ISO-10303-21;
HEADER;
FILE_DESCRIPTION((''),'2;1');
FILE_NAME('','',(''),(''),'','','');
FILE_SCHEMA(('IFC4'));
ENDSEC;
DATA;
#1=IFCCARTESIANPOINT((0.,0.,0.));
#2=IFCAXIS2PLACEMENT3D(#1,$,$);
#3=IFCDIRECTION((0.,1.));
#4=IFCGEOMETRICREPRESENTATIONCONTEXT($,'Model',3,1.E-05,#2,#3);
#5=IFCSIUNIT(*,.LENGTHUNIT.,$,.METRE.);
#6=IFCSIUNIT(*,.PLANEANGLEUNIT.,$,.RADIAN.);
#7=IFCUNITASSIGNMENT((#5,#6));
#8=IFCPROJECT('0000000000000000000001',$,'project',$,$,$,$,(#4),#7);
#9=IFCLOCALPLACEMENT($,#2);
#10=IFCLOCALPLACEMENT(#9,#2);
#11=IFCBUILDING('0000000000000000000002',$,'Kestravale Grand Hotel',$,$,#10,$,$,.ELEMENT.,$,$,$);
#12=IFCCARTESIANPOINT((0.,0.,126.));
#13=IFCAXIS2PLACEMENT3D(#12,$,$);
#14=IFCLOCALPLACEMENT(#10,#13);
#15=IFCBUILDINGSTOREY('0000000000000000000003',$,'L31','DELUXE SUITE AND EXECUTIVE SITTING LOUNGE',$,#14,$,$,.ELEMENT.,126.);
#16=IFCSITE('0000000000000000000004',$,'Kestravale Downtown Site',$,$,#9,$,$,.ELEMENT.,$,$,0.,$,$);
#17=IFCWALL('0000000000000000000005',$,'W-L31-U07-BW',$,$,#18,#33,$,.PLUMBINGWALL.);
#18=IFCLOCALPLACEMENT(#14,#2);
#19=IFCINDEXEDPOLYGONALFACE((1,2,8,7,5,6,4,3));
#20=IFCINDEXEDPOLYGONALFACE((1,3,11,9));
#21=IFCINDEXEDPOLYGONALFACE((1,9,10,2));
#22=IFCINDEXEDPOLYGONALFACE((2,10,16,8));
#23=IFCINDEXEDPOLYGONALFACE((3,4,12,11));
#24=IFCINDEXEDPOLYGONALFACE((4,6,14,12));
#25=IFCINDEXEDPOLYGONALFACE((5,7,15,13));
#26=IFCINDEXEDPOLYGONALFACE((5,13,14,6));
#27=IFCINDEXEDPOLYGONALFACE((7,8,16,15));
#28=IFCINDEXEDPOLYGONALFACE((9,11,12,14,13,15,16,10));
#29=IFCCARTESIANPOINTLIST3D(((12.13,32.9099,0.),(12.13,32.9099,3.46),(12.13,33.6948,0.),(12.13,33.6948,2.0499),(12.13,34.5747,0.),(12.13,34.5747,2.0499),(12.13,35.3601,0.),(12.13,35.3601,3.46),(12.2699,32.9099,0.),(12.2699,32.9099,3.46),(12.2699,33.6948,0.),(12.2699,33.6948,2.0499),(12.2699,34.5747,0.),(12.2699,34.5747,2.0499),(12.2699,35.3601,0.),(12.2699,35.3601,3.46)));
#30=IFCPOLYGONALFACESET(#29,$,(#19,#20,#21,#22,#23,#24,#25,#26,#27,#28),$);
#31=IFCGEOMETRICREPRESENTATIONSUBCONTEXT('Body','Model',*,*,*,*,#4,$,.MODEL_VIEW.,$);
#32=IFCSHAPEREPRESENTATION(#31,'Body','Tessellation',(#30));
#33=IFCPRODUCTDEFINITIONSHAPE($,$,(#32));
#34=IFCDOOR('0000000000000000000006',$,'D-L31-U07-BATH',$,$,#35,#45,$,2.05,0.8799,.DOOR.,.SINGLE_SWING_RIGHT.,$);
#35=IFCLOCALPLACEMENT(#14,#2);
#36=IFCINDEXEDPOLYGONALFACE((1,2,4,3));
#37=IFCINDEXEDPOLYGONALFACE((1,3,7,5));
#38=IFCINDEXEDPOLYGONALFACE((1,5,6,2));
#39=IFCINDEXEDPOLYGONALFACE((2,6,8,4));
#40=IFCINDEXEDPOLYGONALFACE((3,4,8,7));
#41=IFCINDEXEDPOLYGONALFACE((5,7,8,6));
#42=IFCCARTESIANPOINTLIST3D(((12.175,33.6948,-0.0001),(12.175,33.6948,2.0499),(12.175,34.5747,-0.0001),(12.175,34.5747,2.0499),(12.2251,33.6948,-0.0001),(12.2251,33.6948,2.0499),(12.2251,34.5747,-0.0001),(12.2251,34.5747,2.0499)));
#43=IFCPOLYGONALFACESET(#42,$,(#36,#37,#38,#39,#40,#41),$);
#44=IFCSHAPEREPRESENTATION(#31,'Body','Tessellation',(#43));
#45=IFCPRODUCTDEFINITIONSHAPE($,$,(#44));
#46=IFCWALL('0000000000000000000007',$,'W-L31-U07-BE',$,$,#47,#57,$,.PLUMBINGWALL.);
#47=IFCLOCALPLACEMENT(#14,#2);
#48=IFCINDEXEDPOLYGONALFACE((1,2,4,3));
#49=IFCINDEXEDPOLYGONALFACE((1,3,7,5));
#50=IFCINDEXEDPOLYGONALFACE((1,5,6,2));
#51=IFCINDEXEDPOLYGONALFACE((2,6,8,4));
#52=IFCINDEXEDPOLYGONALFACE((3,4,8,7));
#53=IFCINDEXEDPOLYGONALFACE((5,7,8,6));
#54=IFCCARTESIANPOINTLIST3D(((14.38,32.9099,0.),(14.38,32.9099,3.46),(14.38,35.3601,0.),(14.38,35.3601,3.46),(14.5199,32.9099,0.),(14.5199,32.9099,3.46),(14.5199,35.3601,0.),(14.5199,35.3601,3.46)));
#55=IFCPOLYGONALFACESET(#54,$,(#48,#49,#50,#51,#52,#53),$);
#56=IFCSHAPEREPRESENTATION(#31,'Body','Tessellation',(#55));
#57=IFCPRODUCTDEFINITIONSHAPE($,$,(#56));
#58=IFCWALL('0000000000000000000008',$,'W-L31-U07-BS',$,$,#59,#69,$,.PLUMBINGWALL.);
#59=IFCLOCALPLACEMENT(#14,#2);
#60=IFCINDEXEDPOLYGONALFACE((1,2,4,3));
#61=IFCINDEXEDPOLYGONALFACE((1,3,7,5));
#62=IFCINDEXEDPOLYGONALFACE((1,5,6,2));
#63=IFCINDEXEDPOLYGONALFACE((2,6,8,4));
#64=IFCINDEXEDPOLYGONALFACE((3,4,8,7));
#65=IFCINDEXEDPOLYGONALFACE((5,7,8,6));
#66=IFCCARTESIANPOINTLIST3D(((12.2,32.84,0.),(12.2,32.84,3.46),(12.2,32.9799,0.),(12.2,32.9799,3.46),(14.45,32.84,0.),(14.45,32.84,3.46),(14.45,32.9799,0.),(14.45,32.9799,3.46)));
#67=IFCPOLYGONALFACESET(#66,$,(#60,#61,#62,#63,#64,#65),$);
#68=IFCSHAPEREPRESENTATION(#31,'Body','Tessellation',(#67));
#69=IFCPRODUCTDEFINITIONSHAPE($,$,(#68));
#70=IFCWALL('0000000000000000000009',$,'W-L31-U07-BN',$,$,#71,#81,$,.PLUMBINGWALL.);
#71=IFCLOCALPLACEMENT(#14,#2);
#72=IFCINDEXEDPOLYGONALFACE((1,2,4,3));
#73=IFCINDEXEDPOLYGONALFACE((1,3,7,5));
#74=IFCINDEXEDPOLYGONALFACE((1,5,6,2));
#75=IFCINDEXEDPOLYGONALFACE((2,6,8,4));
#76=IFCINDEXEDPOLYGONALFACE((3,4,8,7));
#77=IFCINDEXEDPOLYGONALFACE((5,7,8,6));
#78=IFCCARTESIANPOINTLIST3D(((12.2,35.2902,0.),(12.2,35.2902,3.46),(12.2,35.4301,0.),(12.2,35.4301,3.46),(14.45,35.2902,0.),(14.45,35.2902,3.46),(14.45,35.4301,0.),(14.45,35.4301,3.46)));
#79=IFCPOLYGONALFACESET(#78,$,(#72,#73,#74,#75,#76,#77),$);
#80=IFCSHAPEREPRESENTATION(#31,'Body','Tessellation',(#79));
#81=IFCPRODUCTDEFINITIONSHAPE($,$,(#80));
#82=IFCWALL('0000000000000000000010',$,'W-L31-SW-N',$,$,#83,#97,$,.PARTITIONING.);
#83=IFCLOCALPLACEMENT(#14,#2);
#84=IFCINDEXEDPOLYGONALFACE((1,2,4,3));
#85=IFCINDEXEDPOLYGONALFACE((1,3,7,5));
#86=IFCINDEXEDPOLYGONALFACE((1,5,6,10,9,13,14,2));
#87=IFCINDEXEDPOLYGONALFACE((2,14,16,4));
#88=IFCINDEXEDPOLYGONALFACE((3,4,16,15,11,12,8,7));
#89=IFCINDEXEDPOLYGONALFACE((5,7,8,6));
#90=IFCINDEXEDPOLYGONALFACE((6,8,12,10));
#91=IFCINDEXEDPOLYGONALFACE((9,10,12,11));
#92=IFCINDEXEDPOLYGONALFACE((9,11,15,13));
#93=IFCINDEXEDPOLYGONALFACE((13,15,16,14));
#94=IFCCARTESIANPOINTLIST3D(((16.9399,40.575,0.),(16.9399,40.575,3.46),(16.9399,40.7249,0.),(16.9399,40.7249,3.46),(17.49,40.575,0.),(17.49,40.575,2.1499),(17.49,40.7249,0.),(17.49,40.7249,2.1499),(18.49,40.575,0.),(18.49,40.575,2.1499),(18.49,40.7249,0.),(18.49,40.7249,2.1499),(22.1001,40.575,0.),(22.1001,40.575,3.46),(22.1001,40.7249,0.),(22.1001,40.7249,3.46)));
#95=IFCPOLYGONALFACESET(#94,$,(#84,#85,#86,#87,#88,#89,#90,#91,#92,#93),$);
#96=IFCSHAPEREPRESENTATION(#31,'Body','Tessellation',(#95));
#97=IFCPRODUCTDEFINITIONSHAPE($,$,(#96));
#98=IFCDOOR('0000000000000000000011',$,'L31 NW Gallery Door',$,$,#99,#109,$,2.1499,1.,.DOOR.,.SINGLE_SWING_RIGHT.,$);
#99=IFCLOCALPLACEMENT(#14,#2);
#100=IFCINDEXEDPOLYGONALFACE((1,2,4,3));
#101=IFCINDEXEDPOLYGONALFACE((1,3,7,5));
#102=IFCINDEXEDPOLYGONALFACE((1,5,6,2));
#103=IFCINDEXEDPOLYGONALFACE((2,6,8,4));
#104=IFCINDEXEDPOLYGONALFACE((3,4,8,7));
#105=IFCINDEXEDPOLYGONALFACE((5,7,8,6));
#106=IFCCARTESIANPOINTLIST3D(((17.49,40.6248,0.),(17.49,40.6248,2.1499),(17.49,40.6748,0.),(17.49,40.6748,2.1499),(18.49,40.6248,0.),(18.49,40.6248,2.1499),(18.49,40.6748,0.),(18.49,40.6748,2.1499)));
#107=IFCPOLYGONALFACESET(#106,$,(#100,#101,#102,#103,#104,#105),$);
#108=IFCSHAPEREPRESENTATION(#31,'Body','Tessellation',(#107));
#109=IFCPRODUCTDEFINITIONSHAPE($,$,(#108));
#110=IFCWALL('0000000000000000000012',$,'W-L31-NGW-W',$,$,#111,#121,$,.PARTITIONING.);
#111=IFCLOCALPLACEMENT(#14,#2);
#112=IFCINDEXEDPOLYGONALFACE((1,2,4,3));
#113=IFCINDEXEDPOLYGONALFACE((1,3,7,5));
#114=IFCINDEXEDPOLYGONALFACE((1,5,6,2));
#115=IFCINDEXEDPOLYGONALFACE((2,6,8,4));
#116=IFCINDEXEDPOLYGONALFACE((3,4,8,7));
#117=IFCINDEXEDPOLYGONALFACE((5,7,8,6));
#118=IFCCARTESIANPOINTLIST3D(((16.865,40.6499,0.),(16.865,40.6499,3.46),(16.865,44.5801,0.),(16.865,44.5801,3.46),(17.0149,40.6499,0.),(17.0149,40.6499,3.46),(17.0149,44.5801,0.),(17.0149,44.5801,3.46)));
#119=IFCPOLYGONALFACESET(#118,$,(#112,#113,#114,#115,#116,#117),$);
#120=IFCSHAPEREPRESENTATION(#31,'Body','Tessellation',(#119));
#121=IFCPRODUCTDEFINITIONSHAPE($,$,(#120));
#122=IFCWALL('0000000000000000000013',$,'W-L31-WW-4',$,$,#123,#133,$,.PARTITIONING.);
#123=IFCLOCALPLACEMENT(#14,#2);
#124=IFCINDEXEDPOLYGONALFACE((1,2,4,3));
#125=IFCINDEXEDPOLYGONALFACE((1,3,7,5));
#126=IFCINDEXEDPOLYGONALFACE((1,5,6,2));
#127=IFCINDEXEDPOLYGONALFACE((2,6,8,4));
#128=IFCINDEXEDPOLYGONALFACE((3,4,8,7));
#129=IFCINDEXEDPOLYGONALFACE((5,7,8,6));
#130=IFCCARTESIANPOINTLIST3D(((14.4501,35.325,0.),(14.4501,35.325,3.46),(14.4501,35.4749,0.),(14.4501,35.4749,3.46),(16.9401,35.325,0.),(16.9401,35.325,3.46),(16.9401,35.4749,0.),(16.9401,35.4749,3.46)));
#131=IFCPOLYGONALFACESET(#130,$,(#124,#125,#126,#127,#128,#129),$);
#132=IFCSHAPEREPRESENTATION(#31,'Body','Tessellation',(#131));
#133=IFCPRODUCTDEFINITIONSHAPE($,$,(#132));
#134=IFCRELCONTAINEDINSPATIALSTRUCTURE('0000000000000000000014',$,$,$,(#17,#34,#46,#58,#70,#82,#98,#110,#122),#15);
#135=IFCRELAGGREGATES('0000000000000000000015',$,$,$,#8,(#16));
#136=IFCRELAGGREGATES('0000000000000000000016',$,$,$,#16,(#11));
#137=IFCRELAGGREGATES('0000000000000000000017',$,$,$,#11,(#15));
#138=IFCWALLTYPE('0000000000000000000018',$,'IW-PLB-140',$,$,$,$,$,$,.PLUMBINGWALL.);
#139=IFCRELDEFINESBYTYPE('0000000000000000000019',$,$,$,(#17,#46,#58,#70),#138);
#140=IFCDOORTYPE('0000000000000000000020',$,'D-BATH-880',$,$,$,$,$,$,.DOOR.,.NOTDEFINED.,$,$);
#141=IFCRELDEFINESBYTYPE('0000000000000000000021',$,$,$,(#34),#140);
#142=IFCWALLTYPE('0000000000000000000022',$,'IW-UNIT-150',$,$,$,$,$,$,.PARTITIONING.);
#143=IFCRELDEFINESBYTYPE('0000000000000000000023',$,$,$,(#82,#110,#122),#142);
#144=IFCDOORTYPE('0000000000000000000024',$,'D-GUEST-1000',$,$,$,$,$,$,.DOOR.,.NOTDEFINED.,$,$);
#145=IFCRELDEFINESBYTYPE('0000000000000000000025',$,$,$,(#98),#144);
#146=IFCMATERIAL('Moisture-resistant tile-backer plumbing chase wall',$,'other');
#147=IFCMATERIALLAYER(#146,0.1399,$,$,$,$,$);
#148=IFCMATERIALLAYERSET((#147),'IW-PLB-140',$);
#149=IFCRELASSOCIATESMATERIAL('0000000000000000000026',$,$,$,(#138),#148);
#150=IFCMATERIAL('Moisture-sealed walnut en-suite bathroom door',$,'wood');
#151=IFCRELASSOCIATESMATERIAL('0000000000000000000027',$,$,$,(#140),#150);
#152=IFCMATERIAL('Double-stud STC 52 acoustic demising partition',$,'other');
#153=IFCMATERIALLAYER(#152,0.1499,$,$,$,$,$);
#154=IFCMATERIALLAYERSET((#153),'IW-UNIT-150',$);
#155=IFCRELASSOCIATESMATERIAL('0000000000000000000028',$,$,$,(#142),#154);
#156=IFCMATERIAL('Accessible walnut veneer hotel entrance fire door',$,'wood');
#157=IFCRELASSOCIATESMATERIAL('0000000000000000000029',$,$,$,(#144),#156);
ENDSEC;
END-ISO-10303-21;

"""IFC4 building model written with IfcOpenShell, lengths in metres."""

from ifc_helpers import new_model, si_unit, direction, frame, frame_2d, origin, place, context, subcontext, project, spatial, rectangle, extrude, material, layer, layer_set, type_object, element, fill, save


model = new_model("IFC4")

# Units and contexts
model_context = context("Model", 3, precision=1e-05, world=origin(), true_north=direction((0.0, 1.0)))
body_context = subcontext(model_context, "Body", "Model", "MODEL_VIEW")
ifc_project = project(units=[si_unit("LENGTHUNIT", "METRE"), si_unit("PLANEANGLEUNIT", "RADIAN")], contexts=[model_context])

# Site, building, storey
site_placement = place(None, origin())
site = spatial("IfcSite", under=ifc_project, at=site_placement, Name="Kestravale Downtown Site", CompositionType="ELEMENT", RefElevation=0.0)
building_placement = place(site_placement, origin())
building = spatial("IfcBuilding", under=site, at=building_placement, Name="Kestravale Grand Hotel", CompositionType="ELEMENT")
storey_placement = place(building_placement, frame((0.0, 0.0, 126.0)))
storey = spatial("IfcBuildingStorey", under=building, at=storey_placement, Name="L31", Description="DELUXE SUITE AND EXECUTIVE SITTING LOUNGE", CompositionType="ELEMENT", Elevation=126.0)

# Wall, opening, door
ifc_material_1 = material(Name="Moisture-resistant tile-backer plumbing chase wall", Category="other")
ifc_layer_1 = layer(ifc_material_1, 0.1399)
ifc_layer_set_1 = layer_set([ifc_layer_1], Name="IW-PLB-140")
wall_type_1 = type_object("IfcWallType", Name="IW-PLB-140", PredefinedType="PLUMBINGWALL", material=ifc_layer_set_1)
wall_1_placement = place(storey_placement, frame((12.2, 32.9099, 0.0), z_axis=(0.0, 0.0, 1.0), x_axis=(0.0, 1.0, 0.0)))
wall_1 = element("IfcWall", 1, at=wall_1_placement, inside=storey, type_object=wall_type_1, Name="W-L31-U07-BW", PredefinedType="PLUMBINGWALL", context=body_context, shape_type="SweptSolid", body=[
    extrude(rectangle(XDim=2.4502, YDim=0.1399, at=frame_2d((1.2251, 0.0))), origin(), (0.0, 0.0, 1.0), 3.46),
])
opening_1_placement = place(wall_1_placement, frame((0.7849, 0.0, 0.0)))
opening_1 = element("IfcOpeningElement", 2, at=opening_1_placement, cuts=wall_1, PredefinedType="OPENING", context=body_context, shape_type="SweptSolid", body=[
    extrude(rectangle(XDim=0.8799, YDim=2.05, at=frame_2d((0.4399, 1.0249))), frame((0.0, 0.0798, 0.0), z_axis=(0.0, -1.0, 0.0), x_axis=(1.0, 0.0, 0.0)), (0.0, 0.0, 1.0), 0.1599),
])
ifc_material_2 = material(Name="Moisture-sealed walnut en-suite bathroom door", Category="wood")
door_type_1 = type_object("IfcDoorType", Name="D-BATH-880", OperationType="NOTDEFINED", PredefinedType="DOOR", material=ifc_material_2)
door_1_placement = place(opening_1_placement, origin())
door_1 = element("IfcDoor", 3, at=door_1_placement, inside=storey, type_object=door_type_1, Name="D-L31-U07-BATH", OperationType="SINGLE_SWING_RIGHT", OverallHeight=2.05, OverallWidth=0.8799, PredefinedType="DOOR", context=body_context, shape_type="SweptSolid", body=[
    extrude(rectangle(XDim=0.8799, YDim=2.05, at=frame_2d((0.4399, 1.0249))), frame((0.0, 0.0249, 0.0), z_axis=(0.0, -1.0, 0.0), x_axis=(1.0, 0.0, 0.0)), (0.0, 0.0, 1.0), 0.05),
])
fill(opening_1, door_1)

# Walls
wall_2_placement = place(storey_placement, frame((14.45, 32.9099, 0.0), z_axis=(0.0, 0.0, 1.0), x_axis=(0.0, 1.0, 0.0)))
element("IfcWall", 4, at=wall_2_placement, inside=storey, type_object=wall_type_1, Name="W-L31-U07-BE", PredefinedType="PLUMBINGWALL", context=body_context, shape_type="SweptSolid", body=[
    extrude(rectangle(XDim=2.4502, YDim=0.1399, at=frame_2d((1.2251, 0.0))), origin(), (0.0, 0.0, 1.0), 3.46),
])
for number, where, z_axis, x_axis, name in (
    (5, (12.2, 32.9099, 0.0), (0.0, 0.0, 1.0), (1.0, 0.0, 0.0), "W-L31-U07-BS"),
    (6, (12.2, 35.3601, 0.0), (0.0, 0.0, 1.0), (1.0, 0.0, 0.0), "W-L31-U07-BN"),
):
    element("IfcWall", number, at=place(storey_placement, frame(where, z_axis=z_axis, x_axis=x_axis)), inside=storey, type_object=wall_type_1, Name=name, PredefinedType="PLUMBINGWALL", context=body_context, shape_type="SweptSolid", body=[
        extrude(rectangle(XDim=2.25, YDim=0.1399, at=frame_2d((1.125, 0.0))), origin(), (0.0, 0.0, 1.0), 3.46),
    ])

# Wall, opening, door
ifc_material_3 = material(Name="Double-stud STC 52 acoustic demising partition", Category="other")
ifc_layer_2 = layer(ifc_material_3, 0.1499)
ifc_layer_set_2 = layer_set([ifc_layer_2], Name="IW-UNIT-150")
wall_type_2 = type_object("IfcWallType", Name="IW-UNIT-150", PredefinedType="PARTITIONING", material=ifc_layer_set_2)
wall_3_placement = place(storey_placement, frame((16.9399, 40.6499, 0.0), z_axis=(0.0, 0.0, 1.0), x_axis=(1.0, 0.0, 0.0)))
wall_3 = element("IfcWall", 7, at=wall_3_placement, inside=storey, type_object=wall_type_2, Name="W-L31-SW-N", PredefinedType="PARTITIONING", context=body_context, shape_type="SweptSolid", body=[
    extrude(rectangle(XDim=5.1602, YDim=0.1499, at=frame_2d((2.5801, 0.0))), origin(), (0.0, 0.0, 1.0), 3.46),
])
opening_2_placement = place(wall_3_placement, frame((0.55, 0.0, 0.0)))
opening_2 = element("IfcOpeningElement", 8, at=opening_2_placement, cuts=wall_3, PredefinedType="OPENING", context=body_context, shape_type="SweptSolid", body=[
    extrude(rectangle(XDim=1.0, YDim=2.1499, at=frame_2d((0.5, 1.075))), frame((0.0, 0.085, 0.0), z_axis=(0.0, -1.0, 0.0), x_axis=(1.0, 0.0, 0.0)), (0.0, 0.0, 1.0), 0.1699),
])
ifc_material_4 = material(Name="Accessible walnut veneer hotel entrance fire door", Category="wood")
door_type_2 = type_object("IfcDoorType", Name="D-GUEST-1000", OperationType="NOTDEFINED", PredefinedType="DOOR", material=ifc_material_4)
door_2_placement = place(opening_2_placement, origin())
door_2 = element("IfcDoor", 9, at=door_2_placement, inside=storey, type_object=door_type_2, Name="L31 NW Gallery Door", OperationType="SINGLE_SWING_RIGHT", OverallHeight=2.1499, OverallWidth=1.0, PredefinedType="DOOR", context=body_context, shape_type="SweptSolid", body=[
    extrude(rectangle(XDim=1.0, YDim=2.1499, at=frame_2d((0.5, 1.075))), frame((0.0, 0.0249, 0.0), z_axis=(0.0, -1.0, 0.0), x_axis=(1.0, 0.0, 0.0)), (0.0, 0.0, 1.0), 0.05),
])
fill(opening_2, door_2)

# Walls
wall_4_placement = place(storey_placement, frame((16.9399, 40.6499, 0.0), z_axis=(0.0, 0.0, 1.0), x_axis=(0.0, 1.0, 0.0)))
element("IfcWall", 10, at=wall_4_placement, inside=storey, type_object=wall_type_2, Name="W-L31-NGW-W", PredefinedType="PARTITIONING", context=body_context, shape_type="SweptSolid", body=[
    extrude(rectangle(XDim=3.9302, YDim=0.1499, at=frame_2d((1.9651, 0.0))), origin(), (0.0, 0.0, 1.0), 3.46),
])
wall_5_placement = place(storey_placement, frame((14.45, 35.3999, 0.0), z_axis=(0.0, 0.0, 1.0), x_axis=(1.0, 0.0, 0.0)))
element("IfcWall", 11, at=wall_5_placement, inside=storey, type_object=wall_type_2, Name="W-L31-WW-4", PredefinedType="PARTITIONING", context=body_context, shape_type="SweptSolid", body=[
    extrude(rectangle(XDim=2.49, YDim=0.1499, at=frame_2d((1.2451, 0.0))), origin(), (0.0, 0.0, 1.0), 3.46),
])

save(model, "model.ifc")
